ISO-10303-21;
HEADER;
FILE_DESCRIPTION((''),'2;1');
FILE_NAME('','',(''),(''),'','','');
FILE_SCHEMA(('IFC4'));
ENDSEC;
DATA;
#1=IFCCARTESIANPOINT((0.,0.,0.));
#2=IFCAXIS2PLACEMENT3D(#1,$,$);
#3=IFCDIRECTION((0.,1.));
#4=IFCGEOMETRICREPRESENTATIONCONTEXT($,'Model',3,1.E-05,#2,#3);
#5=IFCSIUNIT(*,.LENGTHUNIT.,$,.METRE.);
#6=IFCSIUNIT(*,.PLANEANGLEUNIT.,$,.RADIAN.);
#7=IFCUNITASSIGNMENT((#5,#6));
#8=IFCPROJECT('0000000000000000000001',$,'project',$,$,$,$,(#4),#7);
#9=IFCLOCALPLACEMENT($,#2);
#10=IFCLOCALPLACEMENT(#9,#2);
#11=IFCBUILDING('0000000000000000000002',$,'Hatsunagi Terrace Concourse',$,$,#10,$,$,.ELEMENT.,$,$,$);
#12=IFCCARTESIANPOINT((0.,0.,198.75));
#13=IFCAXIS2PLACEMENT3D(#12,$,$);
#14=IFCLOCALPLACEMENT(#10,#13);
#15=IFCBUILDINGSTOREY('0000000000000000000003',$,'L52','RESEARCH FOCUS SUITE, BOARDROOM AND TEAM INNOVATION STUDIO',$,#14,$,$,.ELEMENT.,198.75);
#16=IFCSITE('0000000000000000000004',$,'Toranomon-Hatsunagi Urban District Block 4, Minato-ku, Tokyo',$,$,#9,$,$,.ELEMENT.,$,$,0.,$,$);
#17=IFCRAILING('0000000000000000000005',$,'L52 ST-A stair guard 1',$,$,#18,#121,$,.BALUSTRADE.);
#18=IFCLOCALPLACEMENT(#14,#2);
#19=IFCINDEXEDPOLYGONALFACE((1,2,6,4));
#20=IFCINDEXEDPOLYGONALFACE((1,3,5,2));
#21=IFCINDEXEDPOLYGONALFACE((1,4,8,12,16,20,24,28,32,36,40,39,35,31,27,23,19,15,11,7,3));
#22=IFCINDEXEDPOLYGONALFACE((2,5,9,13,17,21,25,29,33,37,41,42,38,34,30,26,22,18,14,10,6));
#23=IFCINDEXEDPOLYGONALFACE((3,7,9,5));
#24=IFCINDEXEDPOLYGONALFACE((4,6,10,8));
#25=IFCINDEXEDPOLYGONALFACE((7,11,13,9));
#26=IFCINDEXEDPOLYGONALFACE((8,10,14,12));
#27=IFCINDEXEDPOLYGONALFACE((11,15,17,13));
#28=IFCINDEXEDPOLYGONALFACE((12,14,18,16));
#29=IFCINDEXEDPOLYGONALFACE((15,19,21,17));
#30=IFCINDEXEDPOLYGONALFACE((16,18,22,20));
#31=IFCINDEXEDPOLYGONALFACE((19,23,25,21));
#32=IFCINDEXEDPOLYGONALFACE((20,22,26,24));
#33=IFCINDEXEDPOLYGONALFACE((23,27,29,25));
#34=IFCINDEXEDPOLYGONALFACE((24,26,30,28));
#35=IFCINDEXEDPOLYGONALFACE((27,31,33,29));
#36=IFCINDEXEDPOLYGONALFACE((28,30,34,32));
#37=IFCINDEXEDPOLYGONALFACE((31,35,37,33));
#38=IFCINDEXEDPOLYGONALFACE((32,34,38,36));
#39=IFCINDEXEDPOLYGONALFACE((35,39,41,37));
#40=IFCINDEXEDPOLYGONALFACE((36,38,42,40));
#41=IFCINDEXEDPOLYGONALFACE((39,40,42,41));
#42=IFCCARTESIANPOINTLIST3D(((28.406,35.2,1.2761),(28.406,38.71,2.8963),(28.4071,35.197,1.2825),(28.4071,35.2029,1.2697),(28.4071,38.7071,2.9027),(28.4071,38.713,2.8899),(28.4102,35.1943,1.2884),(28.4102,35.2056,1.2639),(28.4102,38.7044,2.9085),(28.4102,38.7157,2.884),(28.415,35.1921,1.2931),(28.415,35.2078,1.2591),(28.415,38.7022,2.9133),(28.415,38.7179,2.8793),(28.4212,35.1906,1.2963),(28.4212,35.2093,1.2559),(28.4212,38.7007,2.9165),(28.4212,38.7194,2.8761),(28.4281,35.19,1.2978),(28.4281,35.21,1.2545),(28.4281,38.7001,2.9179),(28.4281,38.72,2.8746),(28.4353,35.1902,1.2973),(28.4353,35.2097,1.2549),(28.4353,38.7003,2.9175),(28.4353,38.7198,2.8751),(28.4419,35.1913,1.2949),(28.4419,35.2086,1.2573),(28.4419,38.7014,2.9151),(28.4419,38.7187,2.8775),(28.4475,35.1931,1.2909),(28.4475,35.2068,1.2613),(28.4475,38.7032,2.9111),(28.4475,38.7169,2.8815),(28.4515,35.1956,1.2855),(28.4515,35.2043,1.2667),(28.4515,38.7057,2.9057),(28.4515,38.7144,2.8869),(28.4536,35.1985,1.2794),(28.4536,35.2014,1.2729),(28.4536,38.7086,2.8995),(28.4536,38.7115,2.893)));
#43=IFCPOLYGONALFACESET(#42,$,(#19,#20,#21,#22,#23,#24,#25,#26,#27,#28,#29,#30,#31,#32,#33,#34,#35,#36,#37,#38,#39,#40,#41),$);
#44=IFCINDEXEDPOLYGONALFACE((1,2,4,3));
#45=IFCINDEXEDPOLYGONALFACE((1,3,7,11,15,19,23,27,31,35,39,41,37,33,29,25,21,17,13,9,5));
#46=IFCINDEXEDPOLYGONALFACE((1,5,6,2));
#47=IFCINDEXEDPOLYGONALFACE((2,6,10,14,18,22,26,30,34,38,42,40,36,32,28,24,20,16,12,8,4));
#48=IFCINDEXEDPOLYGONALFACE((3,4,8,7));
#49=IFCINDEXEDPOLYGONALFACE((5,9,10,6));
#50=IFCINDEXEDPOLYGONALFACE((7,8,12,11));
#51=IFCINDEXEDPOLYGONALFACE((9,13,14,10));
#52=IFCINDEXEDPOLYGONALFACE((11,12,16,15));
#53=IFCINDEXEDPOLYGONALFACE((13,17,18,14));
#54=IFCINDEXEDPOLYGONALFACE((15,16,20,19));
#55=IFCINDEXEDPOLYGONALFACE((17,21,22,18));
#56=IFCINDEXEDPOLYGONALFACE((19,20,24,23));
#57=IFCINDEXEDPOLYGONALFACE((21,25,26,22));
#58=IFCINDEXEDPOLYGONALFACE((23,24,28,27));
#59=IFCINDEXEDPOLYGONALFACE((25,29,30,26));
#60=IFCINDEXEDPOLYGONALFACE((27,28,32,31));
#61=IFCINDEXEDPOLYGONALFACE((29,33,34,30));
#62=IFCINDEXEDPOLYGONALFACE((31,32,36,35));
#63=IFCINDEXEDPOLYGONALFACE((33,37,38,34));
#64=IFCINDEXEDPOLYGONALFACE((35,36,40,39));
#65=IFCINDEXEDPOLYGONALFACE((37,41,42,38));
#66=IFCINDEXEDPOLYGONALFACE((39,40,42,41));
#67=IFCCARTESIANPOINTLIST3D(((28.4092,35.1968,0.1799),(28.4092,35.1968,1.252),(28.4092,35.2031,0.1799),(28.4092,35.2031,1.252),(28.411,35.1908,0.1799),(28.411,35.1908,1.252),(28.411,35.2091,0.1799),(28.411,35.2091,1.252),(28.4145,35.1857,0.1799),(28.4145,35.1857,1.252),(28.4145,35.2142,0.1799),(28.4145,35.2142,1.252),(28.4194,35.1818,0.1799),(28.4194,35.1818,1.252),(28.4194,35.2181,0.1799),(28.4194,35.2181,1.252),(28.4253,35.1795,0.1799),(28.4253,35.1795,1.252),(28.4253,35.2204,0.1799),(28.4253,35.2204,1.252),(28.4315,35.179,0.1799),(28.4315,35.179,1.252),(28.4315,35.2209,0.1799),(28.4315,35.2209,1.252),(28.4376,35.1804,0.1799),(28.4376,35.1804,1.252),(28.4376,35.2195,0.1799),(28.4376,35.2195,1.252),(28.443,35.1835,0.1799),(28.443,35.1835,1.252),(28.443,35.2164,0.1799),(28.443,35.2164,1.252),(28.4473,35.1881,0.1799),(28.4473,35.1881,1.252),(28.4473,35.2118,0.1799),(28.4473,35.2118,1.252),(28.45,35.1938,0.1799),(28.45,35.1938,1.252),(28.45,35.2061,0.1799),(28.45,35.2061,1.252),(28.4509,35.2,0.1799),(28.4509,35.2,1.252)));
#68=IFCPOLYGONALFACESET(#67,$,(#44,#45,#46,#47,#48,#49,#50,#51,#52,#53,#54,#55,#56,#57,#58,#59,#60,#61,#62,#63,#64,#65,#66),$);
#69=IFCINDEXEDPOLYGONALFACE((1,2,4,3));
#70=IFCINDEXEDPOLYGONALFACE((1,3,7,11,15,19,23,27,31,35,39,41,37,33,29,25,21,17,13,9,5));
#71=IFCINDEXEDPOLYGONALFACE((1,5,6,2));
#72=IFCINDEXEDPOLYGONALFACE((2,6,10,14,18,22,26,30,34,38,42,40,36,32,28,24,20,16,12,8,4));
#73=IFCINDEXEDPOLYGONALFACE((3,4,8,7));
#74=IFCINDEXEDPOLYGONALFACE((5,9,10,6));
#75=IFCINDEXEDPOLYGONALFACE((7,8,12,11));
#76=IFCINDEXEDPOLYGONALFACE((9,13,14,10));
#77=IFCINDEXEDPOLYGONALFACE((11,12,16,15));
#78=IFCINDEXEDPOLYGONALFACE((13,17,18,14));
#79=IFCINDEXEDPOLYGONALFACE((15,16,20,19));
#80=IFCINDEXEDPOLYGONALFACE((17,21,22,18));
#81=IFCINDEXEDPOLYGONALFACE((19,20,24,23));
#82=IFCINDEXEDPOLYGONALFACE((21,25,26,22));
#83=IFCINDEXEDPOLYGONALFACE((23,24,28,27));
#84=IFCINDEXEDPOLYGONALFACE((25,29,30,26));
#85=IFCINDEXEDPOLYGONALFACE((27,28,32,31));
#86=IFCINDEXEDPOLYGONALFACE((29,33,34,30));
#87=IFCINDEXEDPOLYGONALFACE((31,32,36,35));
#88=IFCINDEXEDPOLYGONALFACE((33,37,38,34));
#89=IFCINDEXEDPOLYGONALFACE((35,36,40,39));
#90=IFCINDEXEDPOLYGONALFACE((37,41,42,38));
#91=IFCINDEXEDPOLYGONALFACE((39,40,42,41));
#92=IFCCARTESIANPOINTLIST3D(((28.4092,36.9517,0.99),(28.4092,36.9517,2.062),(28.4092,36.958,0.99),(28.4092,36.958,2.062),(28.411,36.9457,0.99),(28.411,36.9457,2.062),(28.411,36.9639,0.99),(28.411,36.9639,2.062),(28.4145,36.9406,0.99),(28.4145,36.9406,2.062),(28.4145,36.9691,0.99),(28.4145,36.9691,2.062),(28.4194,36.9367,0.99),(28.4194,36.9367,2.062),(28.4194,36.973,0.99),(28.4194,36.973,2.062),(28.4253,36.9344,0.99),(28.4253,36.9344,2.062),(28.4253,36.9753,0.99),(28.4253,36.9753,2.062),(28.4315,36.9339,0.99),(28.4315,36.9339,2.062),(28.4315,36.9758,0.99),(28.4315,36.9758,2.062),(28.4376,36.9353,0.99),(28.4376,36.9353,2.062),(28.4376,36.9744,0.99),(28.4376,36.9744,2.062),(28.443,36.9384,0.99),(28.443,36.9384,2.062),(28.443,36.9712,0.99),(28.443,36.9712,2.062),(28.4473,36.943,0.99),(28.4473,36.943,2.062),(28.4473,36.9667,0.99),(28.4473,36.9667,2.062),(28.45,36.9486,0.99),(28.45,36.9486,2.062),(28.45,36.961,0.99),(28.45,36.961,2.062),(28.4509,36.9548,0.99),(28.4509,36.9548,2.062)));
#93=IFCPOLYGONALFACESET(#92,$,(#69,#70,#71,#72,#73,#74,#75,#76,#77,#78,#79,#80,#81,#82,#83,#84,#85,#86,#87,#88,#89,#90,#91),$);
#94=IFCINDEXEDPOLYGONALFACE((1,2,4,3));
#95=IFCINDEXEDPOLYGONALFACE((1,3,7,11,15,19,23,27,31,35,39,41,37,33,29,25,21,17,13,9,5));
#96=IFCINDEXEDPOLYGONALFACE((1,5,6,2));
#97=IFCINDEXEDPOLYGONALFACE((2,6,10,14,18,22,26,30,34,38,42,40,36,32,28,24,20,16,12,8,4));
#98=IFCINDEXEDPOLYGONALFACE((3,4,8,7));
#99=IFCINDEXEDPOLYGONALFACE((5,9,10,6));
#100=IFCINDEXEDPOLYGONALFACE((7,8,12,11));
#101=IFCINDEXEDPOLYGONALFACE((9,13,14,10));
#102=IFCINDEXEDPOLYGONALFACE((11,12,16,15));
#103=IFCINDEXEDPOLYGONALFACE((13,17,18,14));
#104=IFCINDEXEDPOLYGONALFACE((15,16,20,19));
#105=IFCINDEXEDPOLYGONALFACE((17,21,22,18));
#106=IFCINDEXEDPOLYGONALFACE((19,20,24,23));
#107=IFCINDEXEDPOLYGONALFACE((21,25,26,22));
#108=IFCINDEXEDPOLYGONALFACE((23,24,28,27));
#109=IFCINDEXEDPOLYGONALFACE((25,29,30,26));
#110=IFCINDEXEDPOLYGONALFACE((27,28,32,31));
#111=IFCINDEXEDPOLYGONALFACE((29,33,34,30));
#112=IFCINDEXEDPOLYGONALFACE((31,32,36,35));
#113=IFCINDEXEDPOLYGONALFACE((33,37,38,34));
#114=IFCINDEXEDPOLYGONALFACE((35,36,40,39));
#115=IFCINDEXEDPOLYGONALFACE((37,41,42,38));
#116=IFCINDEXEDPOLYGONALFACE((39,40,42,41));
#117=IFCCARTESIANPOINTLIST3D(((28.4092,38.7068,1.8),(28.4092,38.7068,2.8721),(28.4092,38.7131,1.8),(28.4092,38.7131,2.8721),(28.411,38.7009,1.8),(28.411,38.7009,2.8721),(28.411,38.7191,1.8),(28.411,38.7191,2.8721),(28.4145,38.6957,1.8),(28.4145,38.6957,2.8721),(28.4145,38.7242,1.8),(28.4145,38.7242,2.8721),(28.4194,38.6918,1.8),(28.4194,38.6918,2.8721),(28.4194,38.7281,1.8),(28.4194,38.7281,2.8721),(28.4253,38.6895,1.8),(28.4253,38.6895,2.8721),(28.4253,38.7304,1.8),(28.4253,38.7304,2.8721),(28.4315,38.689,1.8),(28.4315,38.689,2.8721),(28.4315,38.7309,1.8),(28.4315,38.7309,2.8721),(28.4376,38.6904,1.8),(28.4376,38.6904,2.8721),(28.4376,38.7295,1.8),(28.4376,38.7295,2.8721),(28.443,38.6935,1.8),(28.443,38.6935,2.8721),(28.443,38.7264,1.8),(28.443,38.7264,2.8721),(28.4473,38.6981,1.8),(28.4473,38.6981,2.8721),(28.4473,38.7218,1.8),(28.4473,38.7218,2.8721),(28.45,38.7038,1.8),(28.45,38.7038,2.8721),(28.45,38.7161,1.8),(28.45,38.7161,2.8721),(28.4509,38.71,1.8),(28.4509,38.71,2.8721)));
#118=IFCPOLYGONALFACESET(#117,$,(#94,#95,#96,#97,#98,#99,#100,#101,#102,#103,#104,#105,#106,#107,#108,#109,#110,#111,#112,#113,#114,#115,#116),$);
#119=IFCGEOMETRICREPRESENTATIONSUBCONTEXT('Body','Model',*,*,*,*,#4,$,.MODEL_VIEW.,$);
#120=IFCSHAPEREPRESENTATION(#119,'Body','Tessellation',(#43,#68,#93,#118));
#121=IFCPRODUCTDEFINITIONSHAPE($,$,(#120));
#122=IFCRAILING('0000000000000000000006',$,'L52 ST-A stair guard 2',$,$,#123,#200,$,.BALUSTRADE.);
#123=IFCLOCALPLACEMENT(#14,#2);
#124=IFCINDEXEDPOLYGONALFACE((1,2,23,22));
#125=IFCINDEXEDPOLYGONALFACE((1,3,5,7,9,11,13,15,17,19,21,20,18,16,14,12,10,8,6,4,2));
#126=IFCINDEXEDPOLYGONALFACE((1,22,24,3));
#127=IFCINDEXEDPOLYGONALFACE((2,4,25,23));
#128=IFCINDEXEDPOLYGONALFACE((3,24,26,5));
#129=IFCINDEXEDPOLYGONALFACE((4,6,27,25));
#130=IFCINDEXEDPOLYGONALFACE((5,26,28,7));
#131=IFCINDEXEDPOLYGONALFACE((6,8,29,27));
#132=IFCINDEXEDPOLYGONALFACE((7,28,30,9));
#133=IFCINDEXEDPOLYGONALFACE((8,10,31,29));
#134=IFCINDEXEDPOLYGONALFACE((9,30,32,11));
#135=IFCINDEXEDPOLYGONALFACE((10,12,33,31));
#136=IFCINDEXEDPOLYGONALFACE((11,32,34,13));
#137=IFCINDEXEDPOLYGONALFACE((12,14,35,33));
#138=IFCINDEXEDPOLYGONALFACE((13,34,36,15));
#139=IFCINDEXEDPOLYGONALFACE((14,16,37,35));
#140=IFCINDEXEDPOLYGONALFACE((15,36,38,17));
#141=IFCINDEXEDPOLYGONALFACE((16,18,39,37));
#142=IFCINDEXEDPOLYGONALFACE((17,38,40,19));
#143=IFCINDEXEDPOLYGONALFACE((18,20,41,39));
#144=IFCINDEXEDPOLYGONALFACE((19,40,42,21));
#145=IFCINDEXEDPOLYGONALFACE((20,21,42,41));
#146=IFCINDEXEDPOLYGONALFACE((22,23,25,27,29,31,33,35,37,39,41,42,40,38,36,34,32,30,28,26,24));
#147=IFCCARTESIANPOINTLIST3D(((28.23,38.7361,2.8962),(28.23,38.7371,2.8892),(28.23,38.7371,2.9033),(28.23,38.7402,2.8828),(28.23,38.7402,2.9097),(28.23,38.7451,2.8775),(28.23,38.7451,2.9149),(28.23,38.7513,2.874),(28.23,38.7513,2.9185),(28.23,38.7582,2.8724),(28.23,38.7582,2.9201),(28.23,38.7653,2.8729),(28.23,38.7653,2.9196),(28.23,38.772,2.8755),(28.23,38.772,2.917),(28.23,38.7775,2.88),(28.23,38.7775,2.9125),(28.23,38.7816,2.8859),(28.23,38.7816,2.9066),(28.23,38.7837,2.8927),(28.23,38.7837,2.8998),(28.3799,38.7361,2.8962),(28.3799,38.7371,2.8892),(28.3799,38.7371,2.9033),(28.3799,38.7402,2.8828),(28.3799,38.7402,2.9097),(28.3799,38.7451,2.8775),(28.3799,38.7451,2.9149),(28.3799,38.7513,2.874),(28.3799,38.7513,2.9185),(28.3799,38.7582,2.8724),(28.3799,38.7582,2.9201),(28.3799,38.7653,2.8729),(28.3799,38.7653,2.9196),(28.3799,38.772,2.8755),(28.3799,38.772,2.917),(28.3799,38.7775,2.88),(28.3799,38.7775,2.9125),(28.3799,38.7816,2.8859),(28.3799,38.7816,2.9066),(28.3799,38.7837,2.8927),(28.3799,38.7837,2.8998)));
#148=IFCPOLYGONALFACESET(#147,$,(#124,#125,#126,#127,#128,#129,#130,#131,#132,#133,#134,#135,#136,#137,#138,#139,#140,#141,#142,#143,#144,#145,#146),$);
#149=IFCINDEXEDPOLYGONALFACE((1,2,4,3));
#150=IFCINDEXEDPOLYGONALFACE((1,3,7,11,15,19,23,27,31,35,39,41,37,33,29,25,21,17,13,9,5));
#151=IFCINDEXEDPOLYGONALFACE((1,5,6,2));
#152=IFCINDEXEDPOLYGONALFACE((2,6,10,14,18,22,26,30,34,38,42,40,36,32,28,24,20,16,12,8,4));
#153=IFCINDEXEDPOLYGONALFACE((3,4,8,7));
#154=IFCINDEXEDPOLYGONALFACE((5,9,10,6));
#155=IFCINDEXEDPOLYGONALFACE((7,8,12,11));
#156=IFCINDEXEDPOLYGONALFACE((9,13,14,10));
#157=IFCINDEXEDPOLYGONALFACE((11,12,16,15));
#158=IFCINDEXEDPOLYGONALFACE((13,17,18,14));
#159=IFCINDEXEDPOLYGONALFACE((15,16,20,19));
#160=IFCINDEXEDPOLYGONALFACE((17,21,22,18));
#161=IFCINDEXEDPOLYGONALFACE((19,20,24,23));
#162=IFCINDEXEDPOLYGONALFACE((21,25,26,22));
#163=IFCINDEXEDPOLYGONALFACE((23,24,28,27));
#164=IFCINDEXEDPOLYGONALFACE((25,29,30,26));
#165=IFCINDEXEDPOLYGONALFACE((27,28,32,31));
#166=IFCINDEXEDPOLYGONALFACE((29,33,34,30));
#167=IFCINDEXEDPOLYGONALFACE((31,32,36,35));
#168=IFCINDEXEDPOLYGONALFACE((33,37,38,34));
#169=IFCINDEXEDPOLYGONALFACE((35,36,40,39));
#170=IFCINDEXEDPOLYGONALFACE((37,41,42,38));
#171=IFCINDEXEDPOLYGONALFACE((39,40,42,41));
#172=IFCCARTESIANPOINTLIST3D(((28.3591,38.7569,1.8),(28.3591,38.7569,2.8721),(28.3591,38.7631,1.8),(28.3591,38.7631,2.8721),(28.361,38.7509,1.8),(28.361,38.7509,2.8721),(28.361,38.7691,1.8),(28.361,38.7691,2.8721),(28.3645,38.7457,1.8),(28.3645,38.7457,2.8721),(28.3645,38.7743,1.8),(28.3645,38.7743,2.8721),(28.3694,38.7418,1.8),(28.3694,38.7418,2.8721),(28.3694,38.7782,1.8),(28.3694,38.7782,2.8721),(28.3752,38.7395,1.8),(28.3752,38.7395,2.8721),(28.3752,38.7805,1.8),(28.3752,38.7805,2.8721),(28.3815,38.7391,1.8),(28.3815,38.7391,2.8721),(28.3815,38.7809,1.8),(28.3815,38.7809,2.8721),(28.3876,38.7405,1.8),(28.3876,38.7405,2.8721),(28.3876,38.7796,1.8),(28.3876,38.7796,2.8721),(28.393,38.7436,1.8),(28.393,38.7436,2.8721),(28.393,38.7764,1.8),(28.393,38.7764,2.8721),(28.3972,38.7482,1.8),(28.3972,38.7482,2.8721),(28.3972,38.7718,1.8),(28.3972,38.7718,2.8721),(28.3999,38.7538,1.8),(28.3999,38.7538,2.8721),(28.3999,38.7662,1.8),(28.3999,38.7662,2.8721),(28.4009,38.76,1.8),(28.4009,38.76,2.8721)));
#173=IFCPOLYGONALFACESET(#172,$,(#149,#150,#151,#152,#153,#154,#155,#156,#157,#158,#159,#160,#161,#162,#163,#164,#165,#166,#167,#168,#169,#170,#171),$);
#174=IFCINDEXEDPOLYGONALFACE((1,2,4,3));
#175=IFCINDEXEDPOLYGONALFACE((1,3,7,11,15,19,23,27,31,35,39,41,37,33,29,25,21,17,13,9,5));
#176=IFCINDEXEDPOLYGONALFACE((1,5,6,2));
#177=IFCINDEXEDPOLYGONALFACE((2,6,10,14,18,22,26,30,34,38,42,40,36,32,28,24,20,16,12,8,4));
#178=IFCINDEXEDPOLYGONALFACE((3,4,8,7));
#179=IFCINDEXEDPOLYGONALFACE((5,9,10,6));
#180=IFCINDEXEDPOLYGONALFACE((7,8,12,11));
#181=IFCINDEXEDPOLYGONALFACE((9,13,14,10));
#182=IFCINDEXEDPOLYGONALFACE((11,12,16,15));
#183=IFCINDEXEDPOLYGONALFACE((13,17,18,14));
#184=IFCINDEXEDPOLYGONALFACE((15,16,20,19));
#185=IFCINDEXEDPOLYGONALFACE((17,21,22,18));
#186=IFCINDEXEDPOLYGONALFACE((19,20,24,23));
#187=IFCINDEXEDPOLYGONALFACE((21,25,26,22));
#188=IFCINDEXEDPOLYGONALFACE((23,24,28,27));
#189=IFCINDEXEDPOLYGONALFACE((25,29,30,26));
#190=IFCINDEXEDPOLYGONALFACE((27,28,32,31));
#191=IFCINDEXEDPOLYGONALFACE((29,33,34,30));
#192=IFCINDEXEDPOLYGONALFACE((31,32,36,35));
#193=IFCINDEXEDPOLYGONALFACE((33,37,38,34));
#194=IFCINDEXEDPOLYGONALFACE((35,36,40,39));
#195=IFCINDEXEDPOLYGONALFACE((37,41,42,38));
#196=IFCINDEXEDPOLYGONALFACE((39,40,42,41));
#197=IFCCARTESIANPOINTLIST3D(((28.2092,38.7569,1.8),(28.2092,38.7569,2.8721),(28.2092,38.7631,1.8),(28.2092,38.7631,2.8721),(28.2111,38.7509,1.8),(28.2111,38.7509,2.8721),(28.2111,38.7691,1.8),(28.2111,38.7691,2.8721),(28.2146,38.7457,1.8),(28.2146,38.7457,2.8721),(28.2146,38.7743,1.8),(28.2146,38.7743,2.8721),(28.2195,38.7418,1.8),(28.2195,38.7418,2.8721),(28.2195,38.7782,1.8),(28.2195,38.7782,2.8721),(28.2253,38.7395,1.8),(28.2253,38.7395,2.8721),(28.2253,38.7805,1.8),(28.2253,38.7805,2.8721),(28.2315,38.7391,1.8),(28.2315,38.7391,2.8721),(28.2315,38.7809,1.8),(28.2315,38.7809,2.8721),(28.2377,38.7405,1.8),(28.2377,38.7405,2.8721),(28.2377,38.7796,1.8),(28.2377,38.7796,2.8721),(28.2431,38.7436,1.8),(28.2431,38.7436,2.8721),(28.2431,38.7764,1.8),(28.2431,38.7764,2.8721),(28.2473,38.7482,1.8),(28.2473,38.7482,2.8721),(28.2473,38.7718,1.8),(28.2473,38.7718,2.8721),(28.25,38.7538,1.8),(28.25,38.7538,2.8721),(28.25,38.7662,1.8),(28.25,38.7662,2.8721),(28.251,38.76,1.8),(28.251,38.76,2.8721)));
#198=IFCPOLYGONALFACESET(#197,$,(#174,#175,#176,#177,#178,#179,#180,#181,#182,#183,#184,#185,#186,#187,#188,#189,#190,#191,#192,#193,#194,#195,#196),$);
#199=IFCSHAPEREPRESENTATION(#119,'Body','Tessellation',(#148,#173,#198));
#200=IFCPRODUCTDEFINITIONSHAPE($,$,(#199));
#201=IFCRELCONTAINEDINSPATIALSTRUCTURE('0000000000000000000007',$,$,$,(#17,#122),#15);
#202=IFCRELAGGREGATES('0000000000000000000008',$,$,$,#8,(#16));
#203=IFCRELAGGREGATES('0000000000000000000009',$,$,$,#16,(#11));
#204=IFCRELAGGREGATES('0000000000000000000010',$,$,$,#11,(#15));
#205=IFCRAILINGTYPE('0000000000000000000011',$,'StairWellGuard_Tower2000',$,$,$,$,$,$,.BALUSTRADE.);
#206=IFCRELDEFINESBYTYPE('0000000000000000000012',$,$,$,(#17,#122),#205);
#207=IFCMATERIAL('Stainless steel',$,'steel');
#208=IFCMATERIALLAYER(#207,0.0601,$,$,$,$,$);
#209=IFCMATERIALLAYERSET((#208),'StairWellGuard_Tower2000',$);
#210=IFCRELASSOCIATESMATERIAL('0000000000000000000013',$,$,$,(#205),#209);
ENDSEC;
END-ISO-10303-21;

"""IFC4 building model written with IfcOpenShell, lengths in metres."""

from ifc_helpers import new_model, si_unit, direction, frame, origin, origin_2d, place, context, subcontext, project, spatial, circle, extrude, material, layer, layer_set, type_object, element, save


model = new_model("IFC4")

# Units and contexts
model_context = context("Model", 3, precision=1e-05, world=origin(), true_north=direction((0.0, 1.0)))
body_context = subcontext(model_context, "Body", "Model", "MODEL_VIEW")
ifc_project = project(units=[si_unit("LENGTHUNIT", "METRE"), si_unit("PLANEANGLEUNIT", "RADIAN")], contexts=[model_context])

# Site, building, storey
site_placement = place(None, origin())
site = spatial("IfcSite", under=ifc_project, at=site_placement, Name="Toranomon-Hatsunagi Urban District Block 4, Minato-ku, Tokyo", CompositionType="ELEMENT", RefElevation=0.0)
building_placement = place(site_placement, origin())
building = spatial("IfcBuilding", under=site, at=building_placement, Name="Hatsunagi Terrace Concourse", CompositionType="ELEMENT")
storey_placement = place(building_placement, frame((0.0, 0.0, 198.75)))
storey = spatial("IfcBuildingStorey", under=building, at=storey_placement, Name="L52", Description="RESEARCH FOCUS SUITE, BOARDROOM AND TEAM INNOVATION STUDIO", CompositionType="ELEMENT", Elevation=198.75)

# Railings
ifc_material_1 = material(Name="Stainless steel", Category="steel")
ifc_layer_1 = layer(ifc_material_1, 0.0601)
ifc_layer_set_1 = layer_set([ifc_layer_1], Name="StairWellGuard_Tower2000")
railing_type_1 = type_object("IfcRailingType", Name="StairWellGuard_Tower2000", PredefinedType="BALUSTRADE", material=ifc_layer_set_1)
railing_1_placement = place(storey_placement, frame((28.4299, 35.2, 0.1799)))
element("IfcRailing", 1, at=railing_1_placement, inside=storey, type_object=railing_type_1, Name="L52 ST-A stair guard 1", PredefinedType="BALUSTRADE", context=body_context, shape_type="SweptSolid", body=[
    extrude(circle(Radius=0.0239, at=origin_2d()), frame((0.0, 0.0, 1.0962), z_axis=(0.0, 0.907948, 0.419082), x_axis=(-1.0, 0.0, 0.0)), (0.0, 0.0, 1.0), 3.866),
    extrude(circle(Radius=0.021, at=origin_2d()), origin(), (0.0, 0.0, 1.0), 1.072),
    extrude(circle(Radius=0.021, at=origin_2d()), frame((0.0, 1.7549, 0.8101)), (0.0, 0.0, 1.0), 1.072),
    extrude(circle(Radius=0.021, at=origin_2d()), frame((0.0, 3.51, 1.6201)), (0.0, 0.0, 1.0), 1.072),
])
railing_2_placement = place(storey_placement, frame((28.3799, 38.76, 1.8)))
element("IfcRailing", 2, at=railing_2_placement, inside=storey, type_object=railing_type_1, Name="L52 ST-A stair guard 2", PredefinedType="BALUSTRADE", context=body_context, shape_type="SweptSolid", body=[
    extrude(circle(Radius=0.0239, at=origin_2d()), frame((0.0, 0.0, 1.0962), z_axis=(-1.0, 0.0, 0.0), x_axis=(0.0, -1.0, 0.0)), (0.0, 0.0, 1.0), 0.1499),
    extrude(circle(Radius=0.021, at=origin_2d()), origin(), (0.0, 0.0, 1.0), 1.072),
    extrude(circle(Radius=0.021, at=origin_2d()), frame((-0.1499, 0.0, 0.0)), (0.0, 0.0, 1.0), 1.072),
])

save(model, "model.ifc")
